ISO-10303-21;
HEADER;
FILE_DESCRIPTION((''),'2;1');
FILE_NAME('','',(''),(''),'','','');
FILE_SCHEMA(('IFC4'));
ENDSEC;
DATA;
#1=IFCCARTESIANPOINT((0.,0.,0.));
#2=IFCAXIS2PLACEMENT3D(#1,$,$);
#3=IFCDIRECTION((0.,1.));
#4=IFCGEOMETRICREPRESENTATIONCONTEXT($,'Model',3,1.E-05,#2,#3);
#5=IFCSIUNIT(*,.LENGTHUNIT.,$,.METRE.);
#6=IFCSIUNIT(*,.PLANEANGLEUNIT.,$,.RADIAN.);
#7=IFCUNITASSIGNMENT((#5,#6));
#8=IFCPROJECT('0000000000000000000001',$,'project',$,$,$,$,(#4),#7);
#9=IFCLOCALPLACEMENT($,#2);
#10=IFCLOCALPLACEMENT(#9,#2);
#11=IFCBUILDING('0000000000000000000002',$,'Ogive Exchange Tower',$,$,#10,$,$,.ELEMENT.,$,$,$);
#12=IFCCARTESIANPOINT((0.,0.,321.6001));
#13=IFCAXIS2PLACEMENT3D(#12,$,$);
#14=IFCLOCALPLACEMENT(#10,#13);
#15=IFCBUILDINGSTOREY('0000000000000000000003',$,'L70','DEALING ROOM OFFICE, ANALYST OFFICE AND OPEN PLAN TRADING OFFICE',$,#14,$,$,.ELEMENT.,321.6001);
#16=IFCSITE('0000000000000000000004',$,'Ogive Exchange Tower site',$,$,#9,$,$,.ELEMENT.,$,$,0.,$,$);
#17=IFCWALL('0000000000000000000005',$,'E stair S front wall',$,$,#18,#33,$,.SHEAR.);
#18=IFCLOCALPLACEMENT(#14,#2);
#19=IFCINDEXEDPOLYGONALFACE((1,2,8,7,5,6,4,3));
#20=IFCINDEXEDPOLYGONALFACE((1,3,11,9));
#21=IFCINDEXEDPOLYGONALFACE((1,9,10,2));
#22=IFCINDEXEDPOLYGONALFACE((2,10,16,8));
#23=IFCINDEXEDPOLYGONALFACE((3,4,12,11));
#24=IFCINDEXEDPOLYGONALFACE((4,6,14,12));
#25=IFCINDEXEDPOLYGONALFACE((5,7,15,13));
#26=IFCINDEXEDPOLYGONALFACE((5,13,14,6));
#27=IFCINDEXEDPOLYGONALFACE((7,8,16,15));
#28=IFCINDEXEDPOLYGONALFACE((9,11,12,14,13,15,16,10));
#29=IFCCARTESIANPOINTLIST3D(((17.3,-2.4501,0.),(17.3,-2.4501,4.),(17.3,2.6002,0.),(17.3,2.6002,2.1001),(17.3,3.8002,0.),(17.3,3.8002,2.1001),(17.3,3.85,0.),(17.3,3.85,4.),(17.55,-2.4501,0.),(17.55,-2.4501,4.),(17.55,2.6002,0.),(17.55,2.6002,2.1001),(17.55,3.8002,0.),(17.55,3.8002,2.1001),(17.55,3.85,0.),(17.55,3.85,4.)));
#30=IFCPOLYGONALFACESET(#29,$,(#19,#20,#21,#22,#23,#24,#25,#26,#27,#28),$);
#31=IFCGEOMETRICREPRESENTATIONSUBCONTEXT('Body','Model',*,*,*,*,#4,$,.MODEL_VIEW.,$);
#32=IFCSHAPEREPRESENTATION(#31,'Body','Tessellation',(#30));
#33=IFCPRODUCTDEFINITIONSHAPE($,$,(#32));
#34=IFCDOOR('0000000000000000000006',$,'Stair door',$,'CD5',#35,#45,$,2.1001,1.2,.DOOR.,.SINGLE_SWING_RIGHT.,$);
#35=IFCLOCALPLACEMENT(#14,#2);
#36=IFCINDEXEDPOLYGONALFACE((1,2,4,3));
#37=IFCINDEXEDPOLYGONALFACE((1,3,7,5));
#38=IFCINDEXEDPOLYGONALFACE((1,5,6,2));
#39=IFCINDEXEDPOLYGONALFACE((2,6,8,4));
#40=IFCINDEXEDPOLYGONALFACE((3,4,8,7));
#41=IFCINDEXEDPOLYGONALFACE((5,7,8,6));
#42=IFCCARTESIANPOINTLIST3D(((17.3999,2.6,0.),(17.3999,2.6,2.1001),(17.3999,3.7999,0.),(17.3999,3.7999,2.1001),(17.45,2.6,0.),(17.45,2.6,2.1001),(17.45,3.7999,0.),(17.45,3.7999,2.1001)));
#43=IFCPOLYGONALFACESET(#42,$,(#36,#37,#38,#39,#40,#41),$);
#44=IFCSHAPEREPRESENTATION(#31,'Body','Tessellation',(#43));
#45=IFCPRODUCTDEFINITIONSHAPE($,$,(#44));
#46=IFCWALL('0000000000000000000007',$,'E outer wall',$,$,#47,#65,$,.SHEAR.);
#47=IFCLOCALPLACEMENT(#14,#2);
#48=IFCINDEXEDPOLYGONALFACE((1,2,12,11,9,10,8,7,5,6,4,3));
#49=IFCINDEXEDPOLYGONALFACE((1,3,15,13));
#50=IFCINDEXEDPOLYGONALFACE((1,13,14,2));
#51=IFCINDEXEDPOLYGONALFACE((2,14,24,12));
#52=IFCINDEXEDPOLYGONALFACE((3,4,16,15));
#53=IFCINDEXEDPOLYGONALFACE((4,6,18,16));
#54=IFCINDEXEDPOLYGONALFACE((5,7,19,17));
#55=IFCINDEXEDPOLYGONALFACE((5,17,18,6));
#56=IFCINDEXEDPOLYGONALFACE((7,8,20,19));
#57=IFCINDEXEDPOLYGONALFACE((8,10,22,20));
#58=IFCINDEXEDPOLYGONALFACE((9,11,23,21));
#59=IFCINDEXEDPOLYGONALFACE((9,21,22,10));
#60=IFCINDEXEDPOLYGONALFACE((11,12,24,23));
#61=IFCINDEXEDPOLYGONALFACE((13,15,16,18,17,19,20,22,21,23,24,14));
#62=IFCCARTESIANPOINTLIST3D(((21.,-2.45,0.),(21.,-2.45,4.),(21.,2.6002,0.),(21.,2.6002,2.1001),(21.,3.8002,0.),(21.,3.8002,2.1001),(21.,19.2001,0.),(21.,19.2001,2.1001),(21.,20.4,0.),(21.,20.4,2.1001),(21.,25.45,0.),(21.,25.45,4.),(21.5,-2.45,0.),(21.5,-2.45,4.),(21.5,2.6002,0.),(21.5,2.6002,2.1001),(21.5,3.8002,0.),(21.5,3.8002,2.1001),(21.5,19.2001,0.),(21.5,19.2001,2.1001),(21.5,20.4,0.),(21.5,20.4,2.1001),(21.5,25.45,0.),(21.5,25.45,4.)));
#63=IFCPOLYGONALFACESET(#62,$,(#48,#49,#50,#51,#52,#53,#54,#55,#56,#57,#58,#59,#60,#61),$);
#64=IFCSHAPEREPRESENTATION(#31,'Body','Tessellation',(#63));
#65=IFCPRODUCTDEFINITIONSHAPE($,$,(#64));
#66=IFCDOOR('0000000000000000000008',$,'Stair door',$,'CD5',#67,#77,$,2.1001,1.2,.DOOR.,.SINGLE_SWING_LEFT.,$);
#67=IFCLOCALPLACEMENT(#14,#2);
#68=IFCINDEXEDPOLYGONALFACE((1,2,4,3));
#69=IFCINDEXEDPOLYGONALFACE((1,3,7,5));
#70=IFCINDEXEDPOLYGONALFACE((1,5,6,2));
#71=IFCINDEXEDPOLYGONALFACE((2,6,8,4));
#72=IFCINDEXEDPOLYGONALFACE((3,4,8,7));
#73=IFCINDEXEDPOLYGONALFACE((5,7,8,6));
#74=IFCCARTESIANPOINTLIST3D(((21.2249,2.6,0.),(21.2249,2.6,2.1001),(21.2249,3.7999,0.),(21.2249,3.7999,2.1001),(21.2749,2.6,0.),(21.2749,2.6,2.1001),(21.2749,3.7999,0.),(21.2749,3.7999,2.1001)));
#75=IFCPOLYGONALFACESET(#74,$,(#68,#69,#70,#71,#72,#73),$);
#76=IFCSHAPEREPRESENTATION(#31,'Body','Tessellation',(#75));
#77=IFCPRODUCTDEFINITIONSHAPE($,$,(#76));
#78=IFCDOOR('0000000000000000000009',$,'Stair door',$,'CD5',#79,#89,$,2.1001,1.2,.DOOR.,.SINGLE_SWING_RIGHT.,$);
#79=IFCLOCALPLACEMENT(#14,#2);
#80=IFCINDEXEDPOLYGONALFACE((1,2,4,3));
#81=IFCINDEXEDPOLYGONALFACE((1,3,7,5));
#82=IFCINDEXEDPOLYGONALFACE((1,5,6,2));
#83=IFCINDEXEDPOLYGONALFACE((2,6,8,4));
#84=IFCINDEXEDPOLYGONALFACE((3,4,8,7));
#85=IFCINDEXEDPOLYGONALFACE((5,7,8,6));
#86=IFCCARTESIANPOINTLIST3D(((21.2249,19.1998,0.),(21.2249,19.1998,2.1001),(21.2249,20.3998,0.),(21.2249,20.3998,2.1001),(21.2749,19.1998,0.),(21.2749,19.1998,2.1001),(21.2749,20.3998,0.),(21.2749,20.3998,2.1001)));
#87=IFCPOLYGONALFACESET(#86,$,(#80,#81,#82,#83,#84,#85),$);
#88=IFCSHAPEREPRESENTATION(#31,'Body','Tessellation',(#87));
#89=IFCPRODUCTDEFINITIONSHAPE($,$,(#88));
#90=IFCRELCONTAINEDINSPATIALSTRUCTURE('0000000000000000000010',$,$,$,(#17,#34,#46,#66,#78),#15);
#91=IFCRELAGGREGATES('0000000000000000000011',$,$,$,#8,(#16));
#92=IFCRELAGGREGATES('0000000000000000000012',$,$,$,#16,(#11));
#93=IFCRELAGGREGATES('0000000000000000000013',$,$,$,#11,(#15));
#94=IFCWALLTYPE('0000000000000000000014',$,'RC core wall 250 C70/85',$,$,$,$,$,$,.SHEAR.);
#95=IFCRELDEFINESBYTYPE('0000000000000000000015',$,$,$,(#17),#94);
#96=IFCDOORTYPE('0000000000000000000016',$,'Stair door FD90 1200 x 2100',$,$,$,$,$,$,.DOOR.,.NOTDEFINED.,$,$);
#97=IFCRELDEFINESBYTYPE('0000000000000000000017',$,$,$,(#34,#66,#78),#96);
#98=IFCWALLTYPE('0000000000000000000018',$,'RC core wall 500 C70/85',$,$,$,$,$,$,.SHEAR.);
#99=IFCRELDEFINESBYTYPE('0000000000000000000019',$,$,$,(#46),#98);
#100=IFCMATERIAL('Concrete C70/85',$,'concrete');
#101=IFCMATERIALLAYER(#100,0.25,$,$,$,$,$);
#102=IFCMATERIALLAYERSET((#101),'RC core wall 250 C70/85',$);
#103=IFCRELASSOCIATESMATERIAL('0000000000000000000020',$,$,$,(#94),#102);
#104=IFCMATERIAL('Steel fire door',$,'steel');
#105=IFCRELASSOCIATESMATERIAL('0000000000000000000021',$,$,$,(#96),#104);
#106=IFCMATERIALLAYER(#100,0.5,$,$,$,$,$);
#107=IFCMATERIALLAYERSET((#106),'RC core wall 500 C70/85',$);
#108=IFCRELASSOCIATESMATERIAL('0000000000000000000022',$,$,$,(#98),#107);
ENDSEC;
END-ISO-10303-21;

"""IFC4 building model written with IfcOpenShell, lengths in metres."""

from ifc_helpers import new_model, si_unit, direction, frame, frame_2d, origin, place, context, subcontext, project, spatial, rectangle, extrude, material, layer, layer_set, type_object, element, fill, save


model = new_model("IFC4")

# Units and contexts
model_context = context("Model", 3, precision=1e-05, world=origin(), true_north=direction((0.0, 1.0)))
body_context = subcontext(model_context, "Body", "Model", "MODEL_VIEW")
ifc_project = project(units=[si_unit("LENGTHUNIT", "METRE"), si_unit("PLANEANGLEUNIT", "RADIAN")], contexts=[model_context])

# Site, building, storey
site_placement = place(None, origin())
site = spatial("IfcSite", under=ifc_project, at=site_placement, Name="Ogive Exchange Tower site", CompositionType="ELEMENT", RefElevation=0.0)
building_placement = place(site_placement, origin())
building = spatial("IfcBuilding", under=site, at=building_placement, Name="Ogive Exchange Tower", CompositionType="ELEMENT")
storey_placement = place(building_placement, frame((0.0, 0.0, 321.6001)))
storey = spatial("IfcBuildingStorey", under=building, at=storey_placement, Name="L70", Description="DEALING ROOM OFFICE, ANALYST OFFICE AND OPEN PLAN TRADING OFFICE", CompositionType="ELEMENT", Elevation=321.6001)

# Wall, opening, door
ifc_material_1 = material(Name="Concrete C70/85", Category="concrete")
ifc_layer_1 = layer(ifc_material_1, 0.25)
ifc_layer_set_1 = layer_set([ifc_layer_1], Name="RC core wall 250 C70/85")
wall_type_1 = type_object("IfcWallType", Name="RC core wall 250 C70/85", PredefinedType="SHEAR", material=ifc_layer_set_1)
wall_1_placement = place(storey_placement, frame((17.425, -2.45, 0.0), z_axis=(0.0, 0.0, 1.0), x_axis=(0.0, 1.0, 0.0)))
wall_1 = element("IfcWall", 1, at=wall_1_placement, inside=storey, type_object=wall_type_1, Name="E stair S front wall", PredefinedType="SHEAR", context=body_context, shape_type="SweptSolid", body=[
    extrude(rectangle(XDim=6.3, YDim=0.25, at=frame_2d((3.1499, 0.0))), origin(), (0.0, 0.0, 1.0), 4.0),
])
opening_1_placement = place(wall_1_placement, frame((5.05, 0.0, 0.0)))
opening_1 = element("IfcOpeningElement", 2, at=opening_1_placement, cuts=wall_1, PredefinedType="OPENING", context=body_context, shape_type="SweptSolid", body=[
    extrude(rectangle(XDim=1.2, YDim=2.1001, at=frame_2d((0.6001, 1.05))), frame((0.0, 0.135, 0.0), z_axis=(0.0, -1.0, 0.0), x_axis=(1.0, 0.0, 0.0)), (0.0, 0.0, 1.0), 0.27),
])
ifc_material_2 = material(Name="Steel fire door", Category="steel")
door_type = type_object("IfcDoorType", Name="Stair door FD90 1200 x 2100", OperationType="NOTDEFINED", PredefinedType="DOOR", material=ifc_material_2)
door_1_placement = place(opening_1_placement, frame((1.2, 0.0, 0.0), z_axis=(0.0, 0.0, 1.0), x_axis=(-1.0, 0.0, 0.0)))
door_1 = element("IfcDoor", 3, at=door_1_placement, inside=storey, type_object=door_type, Name="Stair door", ObjectType="CD5", OperationType="SINGLE_SWING_RIGHT", OverallHeight=2.1001, OverallWidth=1.2, PredefinedType="DOOR", context=body_context, shape_type="SweptSolid", body=[
    extrude(rectangle(XDim=1.2, YDim=2.1001, at=frame_2d((0.6001, 1.05))), frame((0.0, 0.0249, 0.0), z_axis=(0.0, -1.0, 0.0), x_axis=(1.0, 0.0, 0.0)), (0.0, 0.0, 1.0), 0.05),
])
fill(opening_1, door_1)

# Wall, openings, doors
ifc_layer_2 = layer(ifc_material_1, 0.5)
ifc_layer_set_2 = layer_set([ifc_layer_2], Name="RC core wall 500 C70/85")
wall_type_2 = type_object("IfcWallType", Name="RC core wall 500 C70/85", PredefinedType="SHEAR", material=ifc_layer_set_2)
wall_2_placement = place(storey_placement, frame((21.25, -2.45, 0.0), z_axis=(0.0, 0.0, 1.0), x_axis=(0.0, 1.0, 0.0)))
wall_2 = element("IfcWall", 4, at=wall_2_placement, inside=storey, type_object=wall_type_2, Name="E outer wall", PredefinedType="SHEAR", context=body_context, shape_type="SweptSolid", body=[
    extrude(rectangle(XDim=27.8999, YDim=0.5, at=frame_2d((13.95, 0.0))), origin(), (0.0, 0.0, 1.0), 4.0),
])
opening_2_placement = place(wall_2_placement, frame((5.05, 0.0, 0.0)))
opening_2 = element("IfcOpeningElement", 5, at=opening_2_placement, cuts=wall_2, PredefinedType="OPENING", context=body_context, shape_type="SweptSolid", body=[
    extrude(rectangle(XDim=1.2, YDim=2.1001, at=frame_2d((0.6001, 1.05))), frame((0.0, 0.26, 0.0), z_axis=(0.0, -1.0, 0.0), x_axis=(1.0, 0.0, 0.0)), (0.0, 0.0, 1.0), 0.52),
])
opening_3_placement = place(wall_2_placement, frame((21.6499, 0.0, 0.0)))
opening_3 = element("IfcOpeningElement", 6, at=opening_3_placement, cuts=wall_2, PredefinedType="OPENING", context=body_context, shape_type="SweptSolid", body=[
    extrude(rectangle(XDim=1.2, YDim=2.1001, at=frame_2d((0.6001, 1.05))), frame((0.0, 0.26, 0.0), z_axis=(0.0, -1.0, 0.0), x_axis=(1.0, 0.0, 0.0)), (0.0, 0.0, 1.0), 0.52),
])
door_2_placement = place(opening_2_placement, frame((1.2, 0.0, 0.0), z_axis=(0.0, 0.0, 1.0), x_axis=(-1.0, 0.0, 0.0)))
door_2 = element("IfcDoor", 7, at=door_2_placement, inside=storey, type_object=door_type, Name="Stair door", ObjectType="CD5", OperationType="SINGLE_SWING_LEFT", OverallHeight=2.1001, OverallWidth=1.2, PredefinedType="DOOR", context=body_context, shape_type="SweptSolid", body=[
    extrude(rectangle(XDim=1.2, YDim=2.1001, at=frame_2d((0.6001, 1.05))), frame((0.0, 0.0249, 0.0), z_axis=(0.0, -1.0, 0.0), x_axis=(1.0, 0.0, 0.0)), (0.0, 0.0, 1.0), 0.05),
])
fill(opening_2, door_2)
door_3_placement = place(opening_3_placement, frame((1.2, 0.0, 0.0), z_axis=(0.0, 0.0, 1.0), x_axis=(-1.0, 0.0, 0.0)))
door_3 = element("IfcDoor", 8, at=door_3_placement, inside=storey, type_object=door_type, Name="Stair door", ObjectType="CD5", OperationType="SINGLE_SWING_RIGHT", OverallHeight=2.1001, OverallWidth=1.2, PredefinedType="DOOR", context=body_context, shape_type="SweptSolid", body=[
    extrude(rectangle(XDim=1.2, YDim=2.1001, at=frame_2d((0.6001, 1.05))), frame((0.0, 0.0249, 0.0), z_axis=(0.0, -1.0, 0.0), x_axis=(1.0, 0.0, 0.0)), (0.0, 0.0, 1.0), 0.05),
])
fill(opening_3, door_3)

save(model, "model.ifc")
